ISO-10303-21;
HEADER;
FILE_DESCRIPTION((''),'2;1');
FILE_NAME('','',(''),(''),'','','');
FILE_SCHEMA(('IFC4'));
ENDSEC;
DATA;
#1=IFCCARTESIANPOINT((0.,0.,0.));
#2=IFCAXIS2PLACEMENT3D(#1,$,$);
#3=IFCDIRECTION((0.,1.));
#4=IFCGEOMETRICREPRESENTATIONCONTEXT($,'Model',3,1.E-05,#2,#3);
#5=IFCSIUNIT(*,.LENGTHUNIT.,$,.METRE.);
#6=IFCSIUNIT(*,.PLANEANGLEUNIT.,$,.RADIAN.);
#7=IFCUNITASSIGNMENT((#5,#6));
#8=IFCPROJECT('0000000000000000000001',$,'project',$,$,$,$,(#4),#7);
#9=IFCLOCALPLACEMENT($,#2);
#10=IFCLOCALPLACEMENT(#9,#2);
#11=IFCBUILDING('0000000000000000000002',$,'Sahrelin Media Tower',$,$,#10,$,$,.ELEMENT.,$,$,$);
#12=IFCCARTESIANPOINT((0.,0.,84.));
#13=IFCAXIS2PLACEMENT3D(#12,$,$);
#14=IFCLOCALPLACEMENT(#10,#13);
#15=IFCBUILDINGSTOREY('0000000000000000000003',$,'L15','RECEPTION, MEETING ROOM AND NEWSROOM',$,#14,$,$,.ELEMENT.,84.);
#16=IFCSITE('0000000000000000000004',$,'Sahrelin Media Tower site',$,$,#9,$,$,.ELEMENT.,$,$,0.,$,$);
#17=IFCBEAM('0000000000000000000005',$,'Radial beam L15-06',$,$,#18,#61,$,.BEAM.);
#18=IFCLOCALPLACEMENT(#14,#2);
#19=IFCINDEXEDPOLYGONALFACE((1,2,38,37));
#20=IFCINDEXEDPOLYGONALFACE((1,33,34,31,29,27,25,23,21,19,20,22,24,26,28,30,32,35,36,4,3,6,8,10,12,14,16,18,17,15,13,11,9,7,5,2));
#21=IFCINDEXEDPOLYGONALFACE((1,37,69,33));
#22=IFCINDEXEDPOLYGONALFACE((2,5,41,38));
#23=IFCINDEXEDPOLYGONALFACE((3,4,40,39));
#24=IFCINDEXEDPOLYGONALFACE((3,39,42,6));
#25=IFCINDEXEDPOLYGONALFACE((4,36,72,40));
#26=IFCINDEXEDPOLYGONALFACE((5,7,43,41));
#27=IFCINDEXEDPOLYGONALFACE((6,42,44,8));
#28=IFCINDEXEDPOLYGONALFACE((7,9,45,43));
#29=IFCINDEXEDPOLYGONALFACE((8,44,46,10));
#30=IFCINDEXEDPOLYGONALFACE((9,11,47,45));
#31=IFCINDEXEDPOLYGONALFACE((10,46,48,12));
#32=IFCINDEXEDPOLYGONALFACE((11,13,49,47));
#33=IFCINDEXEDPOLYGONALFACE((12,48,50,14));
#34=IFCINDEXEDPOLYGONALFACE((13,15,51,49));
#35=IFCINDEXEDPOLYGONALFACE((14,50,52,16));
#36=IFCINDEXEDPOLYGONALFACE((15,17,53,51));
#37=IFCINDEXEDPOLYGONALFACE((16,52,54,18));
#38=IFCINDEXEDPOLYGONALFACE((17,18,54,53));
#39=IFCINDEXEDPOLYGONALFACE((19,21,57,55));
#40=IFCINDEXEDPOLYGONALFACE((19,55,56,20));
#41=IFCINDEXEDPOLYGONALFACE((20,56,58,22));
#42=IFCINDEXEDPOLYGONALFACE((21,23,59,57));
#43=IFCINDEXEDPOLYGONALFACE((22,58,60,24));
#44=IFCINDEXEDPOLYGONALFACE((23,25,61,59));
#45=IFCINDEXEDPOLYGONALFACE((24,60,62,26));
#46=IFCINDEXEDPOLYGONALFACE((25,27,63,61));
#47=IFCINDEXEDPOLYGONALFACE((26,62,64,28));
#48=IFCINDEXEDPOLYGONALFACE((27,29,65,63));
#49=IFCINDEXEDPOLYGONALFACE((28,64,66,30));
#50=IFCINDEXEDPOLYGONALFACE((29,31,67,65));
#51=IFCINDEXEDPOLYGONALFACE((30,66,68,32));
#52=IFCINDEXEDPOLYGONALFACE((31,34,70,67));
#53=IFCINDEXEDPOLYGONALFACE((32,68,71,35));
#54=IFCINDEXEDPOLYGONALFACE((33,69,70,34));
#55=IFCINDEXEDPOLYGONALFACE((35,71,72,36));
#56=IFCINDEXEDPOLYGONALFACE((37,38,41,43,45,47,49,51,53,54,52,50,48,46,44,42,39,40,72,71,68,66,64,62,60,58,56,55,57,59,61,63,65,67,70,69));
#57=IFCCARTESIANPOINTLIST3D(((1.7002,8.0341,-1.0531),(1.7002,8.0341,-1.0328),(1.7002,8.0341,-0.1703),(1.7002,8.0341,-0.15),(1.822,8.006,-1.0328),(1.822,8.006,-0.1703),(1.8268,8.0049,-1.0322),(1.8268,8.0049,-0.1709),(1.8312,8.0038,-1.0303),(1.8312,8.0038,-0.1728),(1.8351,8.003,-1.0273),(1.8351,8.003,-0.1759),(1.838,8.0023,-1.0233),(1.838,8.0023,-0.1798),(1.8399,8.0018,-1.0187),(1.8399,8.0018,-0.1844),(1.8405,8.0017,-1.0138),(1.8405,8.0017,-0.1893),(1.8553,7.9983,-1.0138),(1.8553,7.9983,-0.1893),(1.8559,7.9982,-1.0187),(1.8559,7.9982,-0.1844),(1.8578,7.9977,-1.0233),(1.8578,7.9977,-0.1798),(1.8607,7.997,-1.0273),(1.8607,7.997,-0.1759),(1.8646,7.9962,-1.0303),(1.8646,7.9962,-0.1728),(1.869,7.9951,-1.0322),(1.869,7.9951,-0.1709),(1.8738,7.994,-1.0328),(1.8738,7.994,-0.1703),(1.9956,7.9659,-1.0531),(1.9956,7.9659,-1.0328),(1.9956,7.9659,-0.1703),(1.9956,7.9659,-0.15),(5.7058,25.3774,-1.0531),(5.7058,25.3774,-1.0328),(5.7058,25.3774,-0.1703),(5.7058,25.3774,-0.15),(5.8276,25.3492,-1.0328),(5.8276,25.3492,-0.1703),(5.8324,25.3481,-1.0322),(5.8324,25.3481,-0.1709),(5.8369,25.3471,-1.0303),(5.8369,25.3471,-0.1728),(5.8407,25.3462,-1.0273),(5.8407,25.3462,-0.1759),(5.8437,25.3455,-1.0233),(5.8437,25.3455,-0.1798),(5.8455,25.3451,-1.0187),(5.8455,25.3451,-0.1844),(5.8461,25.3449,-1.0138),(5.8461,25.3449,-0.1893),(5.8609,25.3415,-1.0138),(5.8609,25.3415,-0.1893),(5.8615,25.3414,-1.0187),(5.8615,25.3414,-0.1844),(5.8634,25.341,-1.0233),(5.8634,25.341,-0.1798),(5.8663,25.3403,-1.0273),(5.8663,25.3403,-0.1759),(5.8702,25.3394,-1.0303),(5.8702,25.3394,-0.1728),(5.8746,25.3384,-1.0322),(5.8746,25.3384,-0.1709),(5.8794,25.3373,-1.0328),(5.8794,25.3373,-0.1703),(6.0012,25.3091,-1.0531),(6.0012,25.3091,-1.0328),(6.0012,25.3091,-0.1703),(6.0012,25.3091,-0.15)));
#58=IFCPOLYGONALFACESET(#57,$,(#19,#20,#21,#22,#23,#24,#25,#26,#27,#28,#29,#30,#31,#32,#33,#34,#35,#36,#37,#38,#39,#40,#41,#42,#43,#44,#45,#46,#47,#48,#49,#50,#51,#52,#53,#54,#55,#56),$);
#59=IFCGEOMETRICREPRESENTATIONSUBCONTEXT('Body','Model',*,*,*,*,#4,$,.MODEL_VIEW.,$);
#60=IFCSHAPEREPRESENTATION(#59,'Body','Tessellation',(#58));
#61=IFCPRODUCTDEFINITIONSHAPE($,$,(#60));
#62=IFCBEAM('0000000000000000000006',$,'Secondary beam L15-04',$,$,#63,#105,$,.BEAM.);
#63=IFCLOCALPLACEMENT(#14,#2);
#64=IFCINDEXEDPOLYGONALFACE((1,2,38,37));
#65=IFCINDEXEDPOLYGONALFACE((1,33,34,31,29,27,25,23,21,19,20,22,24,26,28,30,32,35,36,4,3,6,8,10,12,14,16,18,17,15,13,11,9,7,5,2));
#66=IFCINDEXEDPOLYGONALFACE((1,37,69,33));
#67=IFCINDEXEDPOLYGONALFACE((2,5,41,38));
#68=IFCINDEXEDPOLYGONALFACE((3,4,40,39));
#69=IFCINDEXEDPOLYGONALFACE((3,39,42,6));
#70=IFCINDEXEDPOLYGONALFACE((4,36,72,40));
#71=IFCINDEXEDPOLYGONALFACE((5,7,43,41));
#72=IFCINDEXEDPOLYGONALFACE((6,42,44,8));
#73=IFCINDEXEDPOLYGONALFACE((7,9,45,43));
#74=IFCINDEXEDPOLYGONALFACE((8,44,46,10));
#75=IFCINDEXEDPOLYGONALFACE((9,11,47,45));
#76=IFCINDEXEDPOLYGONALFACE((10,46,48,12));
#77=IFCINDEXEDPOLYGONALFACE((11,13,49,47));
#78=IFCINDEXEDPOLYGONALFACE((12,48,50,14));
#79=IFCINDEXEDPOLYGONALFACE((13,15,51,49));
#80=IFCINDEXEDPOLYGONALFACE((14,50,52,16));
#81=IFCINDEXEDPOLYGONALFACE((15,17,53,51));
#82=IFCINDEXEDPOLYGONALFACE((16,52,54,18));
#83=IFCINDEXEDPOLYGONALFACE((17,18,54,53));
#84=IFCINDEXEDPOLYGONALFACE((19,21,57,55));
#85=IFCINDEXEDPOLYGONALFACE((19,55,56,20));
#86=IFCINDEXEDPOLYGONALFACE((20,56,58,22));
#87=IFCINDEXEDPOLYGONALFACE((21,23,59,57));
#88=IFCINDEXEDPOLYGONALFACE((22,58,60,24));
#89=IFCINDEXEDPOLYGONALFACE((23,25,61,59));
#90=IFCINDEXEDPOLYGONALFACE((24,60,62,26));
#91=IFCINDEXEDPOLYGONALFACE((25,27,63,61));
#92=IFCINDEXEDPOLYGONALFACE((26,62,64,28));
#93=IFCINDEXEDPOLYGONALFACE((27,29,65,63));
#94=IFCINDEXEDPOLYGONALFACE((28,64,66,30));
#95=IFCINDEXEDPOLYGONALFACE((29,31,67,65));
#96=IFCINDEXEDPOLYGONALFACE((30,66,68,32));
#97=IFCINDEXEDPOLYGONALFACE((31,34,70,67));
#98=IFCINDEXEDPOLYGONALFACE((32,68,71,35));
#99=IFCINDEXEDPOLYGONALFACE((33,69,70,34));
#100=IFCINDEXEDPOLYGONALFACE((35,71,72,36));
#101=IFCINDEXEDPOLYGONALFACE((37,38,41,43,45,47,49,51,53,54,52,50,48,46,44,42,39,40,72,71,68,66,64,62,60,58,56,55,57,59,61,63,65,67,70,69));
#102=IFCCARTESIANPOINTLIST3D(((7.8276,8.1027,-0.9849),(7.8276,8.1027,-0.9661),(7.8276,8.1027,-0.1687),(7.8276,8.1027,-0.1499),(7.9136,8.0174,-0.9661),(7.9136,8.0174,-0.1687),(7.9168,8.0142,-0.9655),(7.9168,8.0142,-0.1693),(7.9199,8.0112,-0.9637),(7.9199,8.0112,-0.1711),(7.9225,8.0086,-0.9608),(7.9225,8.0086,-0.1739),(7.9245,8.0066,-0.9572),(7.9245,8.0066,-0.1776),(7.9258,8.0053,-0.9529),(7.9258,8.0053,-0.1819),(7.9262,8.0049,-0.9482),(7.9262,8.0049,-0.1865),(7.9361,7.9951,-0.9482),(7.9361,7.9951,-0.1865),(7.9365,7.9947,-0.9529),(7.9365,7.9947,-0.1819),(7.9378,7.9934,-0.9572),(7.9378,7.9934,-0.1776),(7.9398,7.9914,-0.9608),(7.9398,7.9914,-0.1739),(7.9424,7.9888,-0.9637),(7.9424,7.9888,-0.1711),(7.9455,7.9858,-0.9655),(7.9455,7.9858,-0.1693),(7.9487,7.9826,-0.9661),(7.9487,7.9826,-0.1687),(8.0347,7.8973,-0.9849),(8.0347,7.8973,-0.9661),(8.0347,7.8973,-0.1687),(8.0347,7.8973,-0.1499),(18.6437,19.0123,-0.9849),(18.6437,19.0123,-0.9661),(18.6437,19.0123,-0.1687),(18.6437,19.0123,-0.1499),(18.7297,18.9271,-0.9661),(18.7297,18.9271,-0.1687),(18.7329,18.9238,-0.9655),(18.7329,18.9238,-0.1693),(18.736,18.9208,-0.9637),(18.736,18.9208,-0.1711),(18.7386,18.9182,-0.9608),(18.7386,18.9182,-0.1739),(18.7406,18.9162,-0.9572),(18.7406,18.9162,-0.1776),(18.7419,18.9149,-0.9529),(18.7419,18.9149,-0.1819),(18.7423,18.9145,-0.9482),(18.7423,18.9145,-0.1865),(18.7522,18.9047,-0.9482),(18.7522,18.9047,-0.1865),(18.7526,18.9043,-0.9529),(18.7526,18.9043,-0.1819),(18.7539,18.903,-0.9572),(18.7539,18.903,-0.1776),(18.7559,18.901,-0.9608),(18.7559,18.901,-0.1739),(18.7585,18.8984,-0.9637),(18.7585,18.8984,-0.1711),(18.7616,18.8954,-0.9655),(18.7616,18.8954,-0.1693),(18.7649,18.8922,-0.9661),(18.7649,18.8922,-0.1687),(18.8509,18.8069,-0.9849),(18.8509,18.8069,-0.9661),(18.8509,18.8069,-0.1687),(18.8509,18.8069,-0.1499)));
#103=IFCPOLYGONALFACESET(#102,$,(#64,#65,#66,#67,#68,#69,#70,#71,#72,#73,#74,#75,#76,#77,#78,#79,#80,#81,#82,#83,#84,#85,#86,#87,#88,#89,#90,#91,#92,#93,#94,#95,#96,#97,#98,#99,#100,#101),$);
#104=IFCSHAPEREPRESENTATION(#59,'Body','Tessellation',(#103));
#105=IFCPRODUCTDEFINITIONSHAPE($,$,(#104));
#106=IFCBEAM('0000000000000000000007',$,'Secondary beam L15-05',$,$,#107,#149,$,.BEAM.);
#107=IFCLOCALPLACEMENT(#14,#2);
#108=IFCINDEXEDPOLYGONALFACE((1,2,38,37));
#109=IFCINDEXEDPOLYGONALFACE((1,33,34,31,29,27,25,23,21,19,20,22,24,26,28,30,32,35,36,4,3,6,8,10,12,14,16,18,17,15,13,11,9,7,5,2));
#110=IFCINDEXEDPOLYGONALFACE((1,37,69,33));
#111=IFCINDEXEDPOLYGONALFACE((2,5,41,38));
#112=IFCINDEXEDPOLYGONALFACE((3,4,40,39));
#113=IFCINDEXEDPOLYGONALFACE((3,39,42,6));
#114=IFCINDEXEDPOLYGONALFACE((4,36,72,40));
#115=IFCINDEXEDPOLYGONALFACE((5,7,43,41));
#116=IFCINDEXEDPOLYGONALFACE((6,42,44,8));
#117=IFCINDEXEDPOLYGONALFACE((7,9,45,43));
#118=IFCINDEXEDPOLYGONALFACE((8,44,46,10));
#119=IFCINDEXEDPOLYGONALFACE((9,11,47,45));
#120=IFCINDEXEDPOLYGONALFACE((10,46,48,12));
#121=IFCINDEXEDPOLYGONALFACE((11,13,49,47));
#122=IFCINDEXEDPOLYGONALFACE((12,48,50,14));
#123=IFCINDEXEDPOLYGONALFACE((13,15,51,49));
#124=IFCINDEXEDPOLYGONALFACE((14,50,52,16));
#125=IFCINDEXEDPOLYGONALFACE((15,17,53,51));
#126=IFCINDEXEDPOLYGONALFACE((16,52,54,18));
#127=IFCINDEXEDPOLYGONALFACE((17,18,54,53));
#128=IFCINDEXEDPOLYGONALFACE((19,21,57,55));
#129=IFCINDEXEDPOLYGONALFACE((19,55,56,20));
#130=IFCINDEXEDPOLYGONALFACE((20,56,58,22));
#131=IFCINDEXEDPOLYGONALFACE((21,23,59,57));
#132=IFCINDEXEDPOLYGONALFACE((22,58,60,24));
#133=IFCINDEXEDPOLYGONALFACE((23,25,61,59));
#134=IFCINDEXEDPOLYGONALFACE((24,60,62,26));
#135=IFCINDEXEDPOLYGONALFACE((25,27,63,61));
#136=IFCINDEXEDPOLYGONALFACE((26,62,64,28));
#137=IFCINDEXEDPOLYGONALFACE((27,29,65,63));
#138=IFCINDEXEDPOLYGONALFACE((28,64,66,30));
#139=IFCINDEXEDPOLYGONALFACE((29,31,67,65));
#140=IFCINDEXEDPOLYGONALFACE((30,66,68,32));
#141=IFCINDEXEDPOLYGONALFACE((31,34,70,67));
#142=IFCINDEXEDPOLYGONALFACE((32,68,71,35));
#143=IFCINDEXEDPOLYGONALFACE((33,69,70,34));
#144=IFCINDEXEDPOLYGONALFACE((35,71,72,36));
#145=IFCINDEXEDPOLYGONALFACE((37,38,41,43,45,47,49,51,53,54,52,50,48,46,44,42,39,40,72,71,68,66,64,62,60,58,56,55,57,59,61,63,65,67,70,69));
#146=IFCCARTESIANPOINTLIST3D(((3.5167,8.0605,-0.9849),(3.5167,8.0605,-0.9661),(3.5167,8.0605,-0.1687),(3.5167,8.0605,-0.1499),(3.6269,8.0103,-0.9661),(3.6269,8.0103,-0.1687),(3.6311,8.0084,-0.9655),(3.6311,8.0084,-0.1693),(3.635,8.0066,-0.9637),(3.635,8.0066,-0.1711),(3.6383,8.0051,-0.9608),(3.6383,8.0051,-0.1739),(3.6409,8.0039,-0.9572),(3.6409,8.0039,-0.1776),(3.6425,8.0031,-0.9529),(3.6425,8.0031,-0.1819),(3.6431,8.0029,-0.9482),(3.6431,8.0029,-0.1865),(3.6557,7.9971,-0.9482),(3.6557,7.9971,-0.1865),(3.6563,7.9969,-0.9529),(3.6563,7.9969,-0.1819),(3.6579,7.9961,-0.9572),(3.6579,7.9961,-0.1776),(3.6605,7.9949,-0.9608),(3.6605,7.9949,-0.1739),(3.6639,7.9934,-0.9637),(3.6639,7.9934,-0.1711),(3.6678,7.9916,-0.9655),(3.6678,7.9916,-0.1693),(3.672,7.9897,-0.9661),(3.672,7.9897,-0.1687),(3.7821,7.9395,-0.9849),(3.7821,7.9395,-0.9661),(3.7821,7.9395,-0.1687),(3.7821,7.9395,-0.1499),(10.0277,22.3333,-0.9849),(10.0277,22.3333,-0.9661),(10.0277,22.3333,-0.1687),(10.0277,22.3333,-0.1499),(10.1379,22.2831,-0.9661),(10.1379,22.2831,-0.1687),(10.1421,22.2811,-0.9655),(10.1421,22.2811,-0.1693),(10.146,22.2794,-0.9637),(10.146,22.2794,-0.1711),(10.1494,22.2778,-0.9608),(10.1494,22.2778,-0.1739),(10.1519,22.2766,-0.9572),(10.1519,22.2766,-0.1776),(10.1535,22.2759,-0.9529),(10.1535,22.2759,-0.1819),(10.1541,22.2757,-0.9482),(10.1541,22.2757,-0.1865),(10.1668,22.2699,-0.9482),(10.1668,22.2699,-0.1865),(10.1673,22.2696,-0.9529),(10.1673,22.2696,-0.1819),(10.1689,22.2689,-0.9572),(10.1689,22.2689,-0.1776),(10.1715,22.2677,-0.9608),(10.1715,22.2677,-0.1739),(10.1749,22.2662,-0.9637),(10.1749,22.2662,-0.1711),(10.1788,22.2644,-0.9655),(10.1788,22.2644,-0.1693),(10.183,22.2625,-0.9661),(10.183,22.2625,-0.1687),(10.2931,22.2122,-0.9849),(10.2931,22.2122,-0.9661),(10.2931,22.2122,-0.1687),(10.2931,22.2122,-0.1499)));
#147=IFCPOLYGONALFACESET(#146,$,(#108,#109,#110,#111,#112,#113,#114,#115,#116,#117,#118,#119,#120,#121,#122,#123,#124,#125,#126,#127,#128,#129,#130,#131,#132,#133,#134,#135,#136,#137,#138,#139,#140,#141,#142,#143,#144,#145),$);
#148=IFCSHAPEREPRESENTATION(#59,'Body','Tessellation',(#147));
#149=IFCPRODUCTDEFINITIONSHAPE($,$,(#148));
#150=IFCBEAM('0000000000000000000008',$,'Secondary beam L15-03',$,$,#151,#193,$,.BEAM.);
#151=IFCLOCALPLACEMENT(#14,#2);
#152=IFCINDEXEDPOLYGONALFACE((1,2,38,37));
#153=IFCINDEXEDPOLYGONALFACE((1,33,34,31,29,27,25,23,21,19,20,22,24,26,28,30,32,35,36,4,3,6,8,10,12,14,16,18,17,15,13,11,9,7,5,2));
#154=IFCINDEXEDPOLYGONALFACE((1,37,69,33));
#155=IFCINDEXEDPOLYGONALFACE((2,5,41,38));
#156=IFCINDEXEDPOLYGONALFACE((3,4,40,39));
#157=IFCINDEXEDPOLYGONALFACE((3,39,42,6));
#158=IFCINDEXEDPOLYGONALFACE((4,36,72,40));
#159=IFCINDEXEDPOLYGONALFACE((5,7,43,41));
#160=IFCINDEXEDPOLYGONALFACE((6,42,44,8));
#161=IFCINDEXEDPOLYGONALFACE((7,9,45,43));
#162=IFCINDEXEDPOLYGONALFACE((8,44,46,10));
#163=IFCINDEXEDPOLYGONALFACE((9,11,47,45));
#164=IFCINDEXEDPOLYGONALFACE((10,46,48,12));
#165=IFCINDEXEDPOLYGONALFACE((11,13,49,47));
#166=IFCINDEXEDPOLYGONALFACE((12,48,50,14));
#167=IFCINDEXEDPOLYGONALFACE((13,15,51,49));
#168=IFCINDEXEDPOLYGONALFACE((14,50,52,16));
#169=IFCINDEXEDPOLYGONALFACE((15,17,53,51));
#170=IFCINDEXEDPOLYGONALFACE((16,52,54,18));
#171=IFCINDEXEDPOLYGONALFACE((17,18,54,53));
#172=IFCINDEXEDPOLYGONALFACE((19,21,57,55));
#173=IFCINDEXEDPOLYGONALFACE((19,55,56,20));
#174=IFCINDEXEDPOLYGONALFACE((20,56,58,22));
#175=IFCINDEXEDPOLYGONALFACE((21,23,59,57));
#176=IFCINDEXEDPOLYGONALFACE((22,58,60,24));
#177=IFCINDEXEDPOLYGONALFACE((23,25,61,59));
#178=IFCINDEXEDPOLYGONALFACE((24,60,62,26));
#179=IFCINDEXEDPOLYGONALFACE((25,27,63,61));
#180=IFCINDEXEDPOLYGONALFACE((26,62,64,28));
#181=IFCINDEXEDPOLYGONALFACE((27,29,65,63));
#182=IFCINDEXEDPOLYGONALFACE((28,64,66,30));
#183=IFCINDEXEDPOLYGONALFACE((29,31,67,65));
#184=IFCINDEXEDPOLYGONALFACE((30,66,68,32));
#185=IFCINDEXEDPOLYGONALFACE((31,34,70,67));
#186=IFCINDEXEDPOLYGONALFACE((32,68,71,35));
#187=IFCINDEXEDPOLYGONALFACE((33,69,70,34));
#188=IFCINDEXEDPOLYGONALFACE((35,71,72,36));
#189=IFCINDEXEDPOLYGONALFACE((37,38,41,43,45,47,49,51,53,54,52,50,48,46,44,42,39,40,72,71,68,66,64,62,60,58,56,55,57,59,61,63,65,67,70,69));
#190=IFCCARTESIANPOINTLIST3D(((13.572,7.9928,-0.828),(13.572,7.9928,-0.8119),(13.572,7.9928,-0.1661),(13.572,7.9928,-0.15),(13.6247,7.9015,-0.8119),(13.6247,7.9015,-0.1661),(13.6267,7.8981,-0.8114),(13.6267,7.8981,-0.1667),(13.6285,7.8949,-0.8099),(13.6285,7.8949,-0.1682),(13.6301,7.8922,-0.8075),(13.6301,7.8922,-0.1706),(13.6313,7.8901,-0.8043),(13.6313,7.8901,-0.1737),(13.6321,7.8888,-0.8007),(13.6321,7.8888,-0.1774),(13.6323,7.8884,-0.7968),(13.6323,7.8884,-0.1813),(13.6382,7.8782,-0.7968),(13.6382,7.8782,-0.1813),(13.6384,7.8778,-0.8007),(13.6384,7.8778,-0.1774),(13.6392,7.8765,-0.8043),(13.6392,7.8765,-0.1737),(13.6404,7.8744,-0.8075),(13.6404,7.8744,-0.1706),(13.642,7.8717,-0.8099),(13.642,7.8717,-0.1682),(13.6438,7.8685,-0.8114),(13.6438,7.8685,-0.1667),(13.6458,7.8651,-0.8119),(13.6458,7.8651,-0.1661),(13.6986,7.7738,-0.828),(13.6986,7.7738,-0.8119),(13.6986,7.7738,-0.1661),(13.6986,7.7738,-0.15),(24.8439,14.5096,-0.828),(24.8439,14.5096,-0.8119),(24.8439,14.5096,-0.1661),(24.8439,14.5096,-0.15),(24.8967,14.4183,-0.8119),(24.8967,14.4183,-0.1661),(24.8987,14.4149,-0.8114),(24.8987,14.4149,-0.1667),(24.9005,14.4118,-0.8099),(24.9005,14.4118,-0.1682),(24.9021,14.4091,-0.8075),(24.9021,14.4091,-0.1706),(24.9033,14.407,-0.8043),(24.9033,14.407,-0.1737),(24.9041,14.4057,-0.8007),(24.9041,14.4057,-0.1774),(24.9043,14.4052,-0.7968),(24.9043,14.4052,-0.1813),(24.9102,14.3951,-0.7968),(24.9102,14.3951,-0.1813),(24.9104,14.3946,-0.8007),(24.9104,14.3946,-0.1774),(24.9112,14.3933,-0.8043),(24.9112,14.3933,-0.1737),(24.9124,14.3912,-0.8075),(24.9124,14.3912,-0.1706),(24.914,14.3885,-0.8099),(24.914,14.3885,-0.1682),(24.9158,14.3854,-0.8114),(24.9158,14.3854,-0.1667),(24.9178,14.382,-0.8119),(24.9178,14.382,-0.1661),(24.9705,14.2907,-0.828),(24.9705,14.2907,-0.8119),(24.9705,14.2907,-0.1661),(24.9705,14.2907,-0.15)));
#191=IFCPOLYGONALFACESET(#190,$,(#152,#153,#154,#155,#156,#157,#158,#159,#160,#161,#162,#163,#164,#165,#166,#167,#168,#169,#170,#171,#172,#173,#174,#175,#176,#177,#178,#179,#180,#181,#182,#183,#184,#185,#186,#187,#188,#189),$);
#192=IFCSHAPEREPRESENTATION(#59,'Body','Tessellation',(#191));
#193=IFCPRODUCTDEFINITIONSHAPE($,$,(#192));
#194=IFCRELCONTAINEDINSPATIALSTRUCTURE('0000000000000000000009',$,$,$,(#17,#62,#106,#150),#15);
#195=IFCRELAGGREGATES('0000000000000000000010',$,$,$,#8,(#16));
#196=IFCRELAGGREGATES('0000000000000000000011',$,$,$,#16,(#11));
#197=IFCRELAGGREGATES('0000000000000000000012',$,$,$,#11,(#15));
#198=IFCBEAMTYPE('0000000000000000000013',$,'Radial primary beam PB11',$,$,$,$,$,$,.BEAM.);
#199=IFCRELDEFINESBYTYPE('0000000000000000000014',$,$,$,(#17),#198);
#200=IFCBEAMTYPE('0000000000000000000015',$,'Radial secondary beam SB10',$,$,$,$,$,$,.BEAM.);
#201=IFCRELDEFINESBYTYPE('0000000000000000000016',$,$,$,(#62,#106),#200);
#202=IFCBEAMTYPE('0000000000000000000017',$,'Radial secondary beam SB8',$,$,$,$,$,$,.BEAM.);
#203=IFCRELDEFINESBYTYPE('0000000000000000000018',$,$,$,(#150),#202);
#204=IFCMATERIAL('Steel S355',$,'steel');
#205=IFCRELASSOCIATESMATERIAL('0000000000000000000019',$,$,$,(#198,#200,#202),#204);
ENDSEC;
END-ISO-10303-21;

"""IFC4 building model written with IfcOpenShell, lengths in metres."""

from ifc_helpers import new_model, si_unit, direction, frame, origin, origin_2d, place, context, subcontext, project, spatial, i_section, extrude, material, material_profile, profile_set, type_object, element, save


model = new_model("IFC4")

# Units and contexts
model_context = context("Model", 3, precision=1e-05, world=origin(), true_north=direction((0.0, 1.0)))
body_context = subcontext(model_context, "Body", "Model", "MODEL_VIEW")
ifc_project = project(units=[si_unit("LENGTHUNIT", "METRE"), si_unit("PLANEANGLEUNIT", "RADIAN")], contexts=[model_context])

# Site, building, storey
site_placement = place(None, origin())
site = spatial("IfcSite", under=ifc_project, at=site_placement, Name="Sahrelin Media Tower site", CompositionType="ELEMENT", RefElevation=0.0)
building_placement = place(site_placement, origin())
building = spatial("IfcBuilding", under=site, at=building_placement, Name="Sahrelin Media Tower", CompositionType="ELEMENT")
storey_placement = place(building_placement, frame((0.0, 0.0, 84.0)))
storey = spatial("IfcBuildingStorey", under=building, at=storey_placement, Name="L15", Description="RECEPTION, MEETING ROOM AND NEWSROOM", CompositionType="ELEMENT", Elevation=84.0)

# Shared definitions
ifc_material_1 = material(Name="Steel S355", Category="steel")

# Beams
ifc_material_profile_1 = material_profile(ifc_material_1, i_section(OverallWidth=0.3032, OverallDepth=0.9031, WebThickness=0.0151, FlangeThickness=0.0203, FilletRadius=0.019, at=origin_2d()), Name="UB 914x305x201")
ifc_profile_set_1 = profile_set([ifc_material_profile_1], Name="Steel S355")
beam_type_1 = type_object("IfcBeamType", Name="Radial primary beam PB11", PredefinedType="BEAM", material=ifc_profile_set_1)
beam_1_placement = place(storey_placement, frame((1.8479, 8.0, -0.6016), z_axis=(0.225037, 0.97435, 0.0), x_axis=(-0.97435, 0.225037, 0.0)))
element("IfcBeam", 1, at=beam_1_placement, inside=storey, type_object=beam_type_1, Name="Radial beam L15-06", PredefinedType="BEAM", context=body_context, shape_type="SweptSolid", body=[
    extrude(i_section(OverallWidth=0.3032, OverallDepth=0.9031, WebThickness=0.0151, FlangeThickness=0.0203, FilletRadius=0.019, at=origin_2d()), origin(), (0.0, 0.0, 1.0), 17.7998),
])
ifc_material_profile_2 = material_profile(ifc_material_1, i_section(OverallWidth=0.2917, OverallDepth=0.835, WebThickness=0.0139, FlangeThickness=0.0188, FilletRadius=0.0178, at=origin_2d()), Name="UB 838x292x176")
ifc_profile_set_2 = profile_set([ifc_material_profile_2], Name="Steel S355")
beam_type_2 = type_object("IfcBeamType", Name="Radial secondary beam SB10", PredefinedType="BEAM", material=ifc_profile_set_2)
beam_2_placement = place(storey_placement, frame((7.9312, 8.0, -0.5674), z_axis=(0.704057, 0.710144, 0.0), x_axis=(-0.710144, 0.704057, 0.0)))
element("IfcBeam", 2, at=beam_2_placement, inside=storey, type_object=beam_type_2, Name="Secondary beam L15-04", PredefinedType="BEAM", context=body_context, shape_type="SweptSolid", body=[
    extrude(i_section(OverallWidth=0.2917, OverallDepth=0.835, WebThickness=0.0139, FlangeThickness=0.0188, FilletRadius=0.0178, at=origin_2d()), origin(), (0.0, 0.0, 1.0), 15.3625),
])
beam_3_placement = place(storey_placement, frame((3.6494, 8.0, -0.5674), z_axis=(0.415038, 0.909804, 0.0), x_axis=(-0.909804, 0.415038, 0.0)))
element("IfcBeam", 3, at=beam_3_placement, inside=storey, type_object=beam_type_2, Name="Secondary beam L15-05", PredefinedType="BEAM", context=body_context, shape_type="SweptSolid", body=[
    extrude(i_section(OverallWidth=0.2917, OverallDepth=0.835, WebThickness=0.0139, FlangeThickness=0.0188, FilletRadius=0.0178, at=origin_2d()), origin(), (0.0, 0.0, 1.0), 15.6877),
])
ifc_material_profile_3 = material_profile(ifc_material_1, i_section(OverallWidth=0.2529, OverallDepth=0.678, WebThickness=0.0117, FlangeThickness=0.0161, FilletRadius=0.0151, at=origin_2d()), Name="UB 686x254x125")
ifc_profile_set_3 = profile_set([ifc_material_profile_3], Name="Steel S355")
beam_type_3 = type_object("IfcBeamType", Name="Radial secondary beam SB8", PredefinedType="BEAM", material=ifc_profile_set_3)
beam_4_placement = place(storey_placement, frame((13.6353, 7.8833, -0.489), z_axis=(0.865727, 0.500517, 0.0), x_axis=(-0.500517, 0.865727, 0.0)))
element("IfcBeam", 4, at=beam_4_placement, inside=storey, type_object=beam_type_3, Name="Secondary beam L15-03", PredefinedType="BEAM", context=body_context, shape_type="SweptSolid", body=[
    extrude(i_section(OverallWidth=0.2529, OverallDepth=0.678, WebThickness=0.0117, FlangeThickness=0.0161, FilletRadius=0.0151, at=origin_2d()), origin(), (0.0, 0.0, 1.0), 13.0203),
])

save(model, "model.ifc")
